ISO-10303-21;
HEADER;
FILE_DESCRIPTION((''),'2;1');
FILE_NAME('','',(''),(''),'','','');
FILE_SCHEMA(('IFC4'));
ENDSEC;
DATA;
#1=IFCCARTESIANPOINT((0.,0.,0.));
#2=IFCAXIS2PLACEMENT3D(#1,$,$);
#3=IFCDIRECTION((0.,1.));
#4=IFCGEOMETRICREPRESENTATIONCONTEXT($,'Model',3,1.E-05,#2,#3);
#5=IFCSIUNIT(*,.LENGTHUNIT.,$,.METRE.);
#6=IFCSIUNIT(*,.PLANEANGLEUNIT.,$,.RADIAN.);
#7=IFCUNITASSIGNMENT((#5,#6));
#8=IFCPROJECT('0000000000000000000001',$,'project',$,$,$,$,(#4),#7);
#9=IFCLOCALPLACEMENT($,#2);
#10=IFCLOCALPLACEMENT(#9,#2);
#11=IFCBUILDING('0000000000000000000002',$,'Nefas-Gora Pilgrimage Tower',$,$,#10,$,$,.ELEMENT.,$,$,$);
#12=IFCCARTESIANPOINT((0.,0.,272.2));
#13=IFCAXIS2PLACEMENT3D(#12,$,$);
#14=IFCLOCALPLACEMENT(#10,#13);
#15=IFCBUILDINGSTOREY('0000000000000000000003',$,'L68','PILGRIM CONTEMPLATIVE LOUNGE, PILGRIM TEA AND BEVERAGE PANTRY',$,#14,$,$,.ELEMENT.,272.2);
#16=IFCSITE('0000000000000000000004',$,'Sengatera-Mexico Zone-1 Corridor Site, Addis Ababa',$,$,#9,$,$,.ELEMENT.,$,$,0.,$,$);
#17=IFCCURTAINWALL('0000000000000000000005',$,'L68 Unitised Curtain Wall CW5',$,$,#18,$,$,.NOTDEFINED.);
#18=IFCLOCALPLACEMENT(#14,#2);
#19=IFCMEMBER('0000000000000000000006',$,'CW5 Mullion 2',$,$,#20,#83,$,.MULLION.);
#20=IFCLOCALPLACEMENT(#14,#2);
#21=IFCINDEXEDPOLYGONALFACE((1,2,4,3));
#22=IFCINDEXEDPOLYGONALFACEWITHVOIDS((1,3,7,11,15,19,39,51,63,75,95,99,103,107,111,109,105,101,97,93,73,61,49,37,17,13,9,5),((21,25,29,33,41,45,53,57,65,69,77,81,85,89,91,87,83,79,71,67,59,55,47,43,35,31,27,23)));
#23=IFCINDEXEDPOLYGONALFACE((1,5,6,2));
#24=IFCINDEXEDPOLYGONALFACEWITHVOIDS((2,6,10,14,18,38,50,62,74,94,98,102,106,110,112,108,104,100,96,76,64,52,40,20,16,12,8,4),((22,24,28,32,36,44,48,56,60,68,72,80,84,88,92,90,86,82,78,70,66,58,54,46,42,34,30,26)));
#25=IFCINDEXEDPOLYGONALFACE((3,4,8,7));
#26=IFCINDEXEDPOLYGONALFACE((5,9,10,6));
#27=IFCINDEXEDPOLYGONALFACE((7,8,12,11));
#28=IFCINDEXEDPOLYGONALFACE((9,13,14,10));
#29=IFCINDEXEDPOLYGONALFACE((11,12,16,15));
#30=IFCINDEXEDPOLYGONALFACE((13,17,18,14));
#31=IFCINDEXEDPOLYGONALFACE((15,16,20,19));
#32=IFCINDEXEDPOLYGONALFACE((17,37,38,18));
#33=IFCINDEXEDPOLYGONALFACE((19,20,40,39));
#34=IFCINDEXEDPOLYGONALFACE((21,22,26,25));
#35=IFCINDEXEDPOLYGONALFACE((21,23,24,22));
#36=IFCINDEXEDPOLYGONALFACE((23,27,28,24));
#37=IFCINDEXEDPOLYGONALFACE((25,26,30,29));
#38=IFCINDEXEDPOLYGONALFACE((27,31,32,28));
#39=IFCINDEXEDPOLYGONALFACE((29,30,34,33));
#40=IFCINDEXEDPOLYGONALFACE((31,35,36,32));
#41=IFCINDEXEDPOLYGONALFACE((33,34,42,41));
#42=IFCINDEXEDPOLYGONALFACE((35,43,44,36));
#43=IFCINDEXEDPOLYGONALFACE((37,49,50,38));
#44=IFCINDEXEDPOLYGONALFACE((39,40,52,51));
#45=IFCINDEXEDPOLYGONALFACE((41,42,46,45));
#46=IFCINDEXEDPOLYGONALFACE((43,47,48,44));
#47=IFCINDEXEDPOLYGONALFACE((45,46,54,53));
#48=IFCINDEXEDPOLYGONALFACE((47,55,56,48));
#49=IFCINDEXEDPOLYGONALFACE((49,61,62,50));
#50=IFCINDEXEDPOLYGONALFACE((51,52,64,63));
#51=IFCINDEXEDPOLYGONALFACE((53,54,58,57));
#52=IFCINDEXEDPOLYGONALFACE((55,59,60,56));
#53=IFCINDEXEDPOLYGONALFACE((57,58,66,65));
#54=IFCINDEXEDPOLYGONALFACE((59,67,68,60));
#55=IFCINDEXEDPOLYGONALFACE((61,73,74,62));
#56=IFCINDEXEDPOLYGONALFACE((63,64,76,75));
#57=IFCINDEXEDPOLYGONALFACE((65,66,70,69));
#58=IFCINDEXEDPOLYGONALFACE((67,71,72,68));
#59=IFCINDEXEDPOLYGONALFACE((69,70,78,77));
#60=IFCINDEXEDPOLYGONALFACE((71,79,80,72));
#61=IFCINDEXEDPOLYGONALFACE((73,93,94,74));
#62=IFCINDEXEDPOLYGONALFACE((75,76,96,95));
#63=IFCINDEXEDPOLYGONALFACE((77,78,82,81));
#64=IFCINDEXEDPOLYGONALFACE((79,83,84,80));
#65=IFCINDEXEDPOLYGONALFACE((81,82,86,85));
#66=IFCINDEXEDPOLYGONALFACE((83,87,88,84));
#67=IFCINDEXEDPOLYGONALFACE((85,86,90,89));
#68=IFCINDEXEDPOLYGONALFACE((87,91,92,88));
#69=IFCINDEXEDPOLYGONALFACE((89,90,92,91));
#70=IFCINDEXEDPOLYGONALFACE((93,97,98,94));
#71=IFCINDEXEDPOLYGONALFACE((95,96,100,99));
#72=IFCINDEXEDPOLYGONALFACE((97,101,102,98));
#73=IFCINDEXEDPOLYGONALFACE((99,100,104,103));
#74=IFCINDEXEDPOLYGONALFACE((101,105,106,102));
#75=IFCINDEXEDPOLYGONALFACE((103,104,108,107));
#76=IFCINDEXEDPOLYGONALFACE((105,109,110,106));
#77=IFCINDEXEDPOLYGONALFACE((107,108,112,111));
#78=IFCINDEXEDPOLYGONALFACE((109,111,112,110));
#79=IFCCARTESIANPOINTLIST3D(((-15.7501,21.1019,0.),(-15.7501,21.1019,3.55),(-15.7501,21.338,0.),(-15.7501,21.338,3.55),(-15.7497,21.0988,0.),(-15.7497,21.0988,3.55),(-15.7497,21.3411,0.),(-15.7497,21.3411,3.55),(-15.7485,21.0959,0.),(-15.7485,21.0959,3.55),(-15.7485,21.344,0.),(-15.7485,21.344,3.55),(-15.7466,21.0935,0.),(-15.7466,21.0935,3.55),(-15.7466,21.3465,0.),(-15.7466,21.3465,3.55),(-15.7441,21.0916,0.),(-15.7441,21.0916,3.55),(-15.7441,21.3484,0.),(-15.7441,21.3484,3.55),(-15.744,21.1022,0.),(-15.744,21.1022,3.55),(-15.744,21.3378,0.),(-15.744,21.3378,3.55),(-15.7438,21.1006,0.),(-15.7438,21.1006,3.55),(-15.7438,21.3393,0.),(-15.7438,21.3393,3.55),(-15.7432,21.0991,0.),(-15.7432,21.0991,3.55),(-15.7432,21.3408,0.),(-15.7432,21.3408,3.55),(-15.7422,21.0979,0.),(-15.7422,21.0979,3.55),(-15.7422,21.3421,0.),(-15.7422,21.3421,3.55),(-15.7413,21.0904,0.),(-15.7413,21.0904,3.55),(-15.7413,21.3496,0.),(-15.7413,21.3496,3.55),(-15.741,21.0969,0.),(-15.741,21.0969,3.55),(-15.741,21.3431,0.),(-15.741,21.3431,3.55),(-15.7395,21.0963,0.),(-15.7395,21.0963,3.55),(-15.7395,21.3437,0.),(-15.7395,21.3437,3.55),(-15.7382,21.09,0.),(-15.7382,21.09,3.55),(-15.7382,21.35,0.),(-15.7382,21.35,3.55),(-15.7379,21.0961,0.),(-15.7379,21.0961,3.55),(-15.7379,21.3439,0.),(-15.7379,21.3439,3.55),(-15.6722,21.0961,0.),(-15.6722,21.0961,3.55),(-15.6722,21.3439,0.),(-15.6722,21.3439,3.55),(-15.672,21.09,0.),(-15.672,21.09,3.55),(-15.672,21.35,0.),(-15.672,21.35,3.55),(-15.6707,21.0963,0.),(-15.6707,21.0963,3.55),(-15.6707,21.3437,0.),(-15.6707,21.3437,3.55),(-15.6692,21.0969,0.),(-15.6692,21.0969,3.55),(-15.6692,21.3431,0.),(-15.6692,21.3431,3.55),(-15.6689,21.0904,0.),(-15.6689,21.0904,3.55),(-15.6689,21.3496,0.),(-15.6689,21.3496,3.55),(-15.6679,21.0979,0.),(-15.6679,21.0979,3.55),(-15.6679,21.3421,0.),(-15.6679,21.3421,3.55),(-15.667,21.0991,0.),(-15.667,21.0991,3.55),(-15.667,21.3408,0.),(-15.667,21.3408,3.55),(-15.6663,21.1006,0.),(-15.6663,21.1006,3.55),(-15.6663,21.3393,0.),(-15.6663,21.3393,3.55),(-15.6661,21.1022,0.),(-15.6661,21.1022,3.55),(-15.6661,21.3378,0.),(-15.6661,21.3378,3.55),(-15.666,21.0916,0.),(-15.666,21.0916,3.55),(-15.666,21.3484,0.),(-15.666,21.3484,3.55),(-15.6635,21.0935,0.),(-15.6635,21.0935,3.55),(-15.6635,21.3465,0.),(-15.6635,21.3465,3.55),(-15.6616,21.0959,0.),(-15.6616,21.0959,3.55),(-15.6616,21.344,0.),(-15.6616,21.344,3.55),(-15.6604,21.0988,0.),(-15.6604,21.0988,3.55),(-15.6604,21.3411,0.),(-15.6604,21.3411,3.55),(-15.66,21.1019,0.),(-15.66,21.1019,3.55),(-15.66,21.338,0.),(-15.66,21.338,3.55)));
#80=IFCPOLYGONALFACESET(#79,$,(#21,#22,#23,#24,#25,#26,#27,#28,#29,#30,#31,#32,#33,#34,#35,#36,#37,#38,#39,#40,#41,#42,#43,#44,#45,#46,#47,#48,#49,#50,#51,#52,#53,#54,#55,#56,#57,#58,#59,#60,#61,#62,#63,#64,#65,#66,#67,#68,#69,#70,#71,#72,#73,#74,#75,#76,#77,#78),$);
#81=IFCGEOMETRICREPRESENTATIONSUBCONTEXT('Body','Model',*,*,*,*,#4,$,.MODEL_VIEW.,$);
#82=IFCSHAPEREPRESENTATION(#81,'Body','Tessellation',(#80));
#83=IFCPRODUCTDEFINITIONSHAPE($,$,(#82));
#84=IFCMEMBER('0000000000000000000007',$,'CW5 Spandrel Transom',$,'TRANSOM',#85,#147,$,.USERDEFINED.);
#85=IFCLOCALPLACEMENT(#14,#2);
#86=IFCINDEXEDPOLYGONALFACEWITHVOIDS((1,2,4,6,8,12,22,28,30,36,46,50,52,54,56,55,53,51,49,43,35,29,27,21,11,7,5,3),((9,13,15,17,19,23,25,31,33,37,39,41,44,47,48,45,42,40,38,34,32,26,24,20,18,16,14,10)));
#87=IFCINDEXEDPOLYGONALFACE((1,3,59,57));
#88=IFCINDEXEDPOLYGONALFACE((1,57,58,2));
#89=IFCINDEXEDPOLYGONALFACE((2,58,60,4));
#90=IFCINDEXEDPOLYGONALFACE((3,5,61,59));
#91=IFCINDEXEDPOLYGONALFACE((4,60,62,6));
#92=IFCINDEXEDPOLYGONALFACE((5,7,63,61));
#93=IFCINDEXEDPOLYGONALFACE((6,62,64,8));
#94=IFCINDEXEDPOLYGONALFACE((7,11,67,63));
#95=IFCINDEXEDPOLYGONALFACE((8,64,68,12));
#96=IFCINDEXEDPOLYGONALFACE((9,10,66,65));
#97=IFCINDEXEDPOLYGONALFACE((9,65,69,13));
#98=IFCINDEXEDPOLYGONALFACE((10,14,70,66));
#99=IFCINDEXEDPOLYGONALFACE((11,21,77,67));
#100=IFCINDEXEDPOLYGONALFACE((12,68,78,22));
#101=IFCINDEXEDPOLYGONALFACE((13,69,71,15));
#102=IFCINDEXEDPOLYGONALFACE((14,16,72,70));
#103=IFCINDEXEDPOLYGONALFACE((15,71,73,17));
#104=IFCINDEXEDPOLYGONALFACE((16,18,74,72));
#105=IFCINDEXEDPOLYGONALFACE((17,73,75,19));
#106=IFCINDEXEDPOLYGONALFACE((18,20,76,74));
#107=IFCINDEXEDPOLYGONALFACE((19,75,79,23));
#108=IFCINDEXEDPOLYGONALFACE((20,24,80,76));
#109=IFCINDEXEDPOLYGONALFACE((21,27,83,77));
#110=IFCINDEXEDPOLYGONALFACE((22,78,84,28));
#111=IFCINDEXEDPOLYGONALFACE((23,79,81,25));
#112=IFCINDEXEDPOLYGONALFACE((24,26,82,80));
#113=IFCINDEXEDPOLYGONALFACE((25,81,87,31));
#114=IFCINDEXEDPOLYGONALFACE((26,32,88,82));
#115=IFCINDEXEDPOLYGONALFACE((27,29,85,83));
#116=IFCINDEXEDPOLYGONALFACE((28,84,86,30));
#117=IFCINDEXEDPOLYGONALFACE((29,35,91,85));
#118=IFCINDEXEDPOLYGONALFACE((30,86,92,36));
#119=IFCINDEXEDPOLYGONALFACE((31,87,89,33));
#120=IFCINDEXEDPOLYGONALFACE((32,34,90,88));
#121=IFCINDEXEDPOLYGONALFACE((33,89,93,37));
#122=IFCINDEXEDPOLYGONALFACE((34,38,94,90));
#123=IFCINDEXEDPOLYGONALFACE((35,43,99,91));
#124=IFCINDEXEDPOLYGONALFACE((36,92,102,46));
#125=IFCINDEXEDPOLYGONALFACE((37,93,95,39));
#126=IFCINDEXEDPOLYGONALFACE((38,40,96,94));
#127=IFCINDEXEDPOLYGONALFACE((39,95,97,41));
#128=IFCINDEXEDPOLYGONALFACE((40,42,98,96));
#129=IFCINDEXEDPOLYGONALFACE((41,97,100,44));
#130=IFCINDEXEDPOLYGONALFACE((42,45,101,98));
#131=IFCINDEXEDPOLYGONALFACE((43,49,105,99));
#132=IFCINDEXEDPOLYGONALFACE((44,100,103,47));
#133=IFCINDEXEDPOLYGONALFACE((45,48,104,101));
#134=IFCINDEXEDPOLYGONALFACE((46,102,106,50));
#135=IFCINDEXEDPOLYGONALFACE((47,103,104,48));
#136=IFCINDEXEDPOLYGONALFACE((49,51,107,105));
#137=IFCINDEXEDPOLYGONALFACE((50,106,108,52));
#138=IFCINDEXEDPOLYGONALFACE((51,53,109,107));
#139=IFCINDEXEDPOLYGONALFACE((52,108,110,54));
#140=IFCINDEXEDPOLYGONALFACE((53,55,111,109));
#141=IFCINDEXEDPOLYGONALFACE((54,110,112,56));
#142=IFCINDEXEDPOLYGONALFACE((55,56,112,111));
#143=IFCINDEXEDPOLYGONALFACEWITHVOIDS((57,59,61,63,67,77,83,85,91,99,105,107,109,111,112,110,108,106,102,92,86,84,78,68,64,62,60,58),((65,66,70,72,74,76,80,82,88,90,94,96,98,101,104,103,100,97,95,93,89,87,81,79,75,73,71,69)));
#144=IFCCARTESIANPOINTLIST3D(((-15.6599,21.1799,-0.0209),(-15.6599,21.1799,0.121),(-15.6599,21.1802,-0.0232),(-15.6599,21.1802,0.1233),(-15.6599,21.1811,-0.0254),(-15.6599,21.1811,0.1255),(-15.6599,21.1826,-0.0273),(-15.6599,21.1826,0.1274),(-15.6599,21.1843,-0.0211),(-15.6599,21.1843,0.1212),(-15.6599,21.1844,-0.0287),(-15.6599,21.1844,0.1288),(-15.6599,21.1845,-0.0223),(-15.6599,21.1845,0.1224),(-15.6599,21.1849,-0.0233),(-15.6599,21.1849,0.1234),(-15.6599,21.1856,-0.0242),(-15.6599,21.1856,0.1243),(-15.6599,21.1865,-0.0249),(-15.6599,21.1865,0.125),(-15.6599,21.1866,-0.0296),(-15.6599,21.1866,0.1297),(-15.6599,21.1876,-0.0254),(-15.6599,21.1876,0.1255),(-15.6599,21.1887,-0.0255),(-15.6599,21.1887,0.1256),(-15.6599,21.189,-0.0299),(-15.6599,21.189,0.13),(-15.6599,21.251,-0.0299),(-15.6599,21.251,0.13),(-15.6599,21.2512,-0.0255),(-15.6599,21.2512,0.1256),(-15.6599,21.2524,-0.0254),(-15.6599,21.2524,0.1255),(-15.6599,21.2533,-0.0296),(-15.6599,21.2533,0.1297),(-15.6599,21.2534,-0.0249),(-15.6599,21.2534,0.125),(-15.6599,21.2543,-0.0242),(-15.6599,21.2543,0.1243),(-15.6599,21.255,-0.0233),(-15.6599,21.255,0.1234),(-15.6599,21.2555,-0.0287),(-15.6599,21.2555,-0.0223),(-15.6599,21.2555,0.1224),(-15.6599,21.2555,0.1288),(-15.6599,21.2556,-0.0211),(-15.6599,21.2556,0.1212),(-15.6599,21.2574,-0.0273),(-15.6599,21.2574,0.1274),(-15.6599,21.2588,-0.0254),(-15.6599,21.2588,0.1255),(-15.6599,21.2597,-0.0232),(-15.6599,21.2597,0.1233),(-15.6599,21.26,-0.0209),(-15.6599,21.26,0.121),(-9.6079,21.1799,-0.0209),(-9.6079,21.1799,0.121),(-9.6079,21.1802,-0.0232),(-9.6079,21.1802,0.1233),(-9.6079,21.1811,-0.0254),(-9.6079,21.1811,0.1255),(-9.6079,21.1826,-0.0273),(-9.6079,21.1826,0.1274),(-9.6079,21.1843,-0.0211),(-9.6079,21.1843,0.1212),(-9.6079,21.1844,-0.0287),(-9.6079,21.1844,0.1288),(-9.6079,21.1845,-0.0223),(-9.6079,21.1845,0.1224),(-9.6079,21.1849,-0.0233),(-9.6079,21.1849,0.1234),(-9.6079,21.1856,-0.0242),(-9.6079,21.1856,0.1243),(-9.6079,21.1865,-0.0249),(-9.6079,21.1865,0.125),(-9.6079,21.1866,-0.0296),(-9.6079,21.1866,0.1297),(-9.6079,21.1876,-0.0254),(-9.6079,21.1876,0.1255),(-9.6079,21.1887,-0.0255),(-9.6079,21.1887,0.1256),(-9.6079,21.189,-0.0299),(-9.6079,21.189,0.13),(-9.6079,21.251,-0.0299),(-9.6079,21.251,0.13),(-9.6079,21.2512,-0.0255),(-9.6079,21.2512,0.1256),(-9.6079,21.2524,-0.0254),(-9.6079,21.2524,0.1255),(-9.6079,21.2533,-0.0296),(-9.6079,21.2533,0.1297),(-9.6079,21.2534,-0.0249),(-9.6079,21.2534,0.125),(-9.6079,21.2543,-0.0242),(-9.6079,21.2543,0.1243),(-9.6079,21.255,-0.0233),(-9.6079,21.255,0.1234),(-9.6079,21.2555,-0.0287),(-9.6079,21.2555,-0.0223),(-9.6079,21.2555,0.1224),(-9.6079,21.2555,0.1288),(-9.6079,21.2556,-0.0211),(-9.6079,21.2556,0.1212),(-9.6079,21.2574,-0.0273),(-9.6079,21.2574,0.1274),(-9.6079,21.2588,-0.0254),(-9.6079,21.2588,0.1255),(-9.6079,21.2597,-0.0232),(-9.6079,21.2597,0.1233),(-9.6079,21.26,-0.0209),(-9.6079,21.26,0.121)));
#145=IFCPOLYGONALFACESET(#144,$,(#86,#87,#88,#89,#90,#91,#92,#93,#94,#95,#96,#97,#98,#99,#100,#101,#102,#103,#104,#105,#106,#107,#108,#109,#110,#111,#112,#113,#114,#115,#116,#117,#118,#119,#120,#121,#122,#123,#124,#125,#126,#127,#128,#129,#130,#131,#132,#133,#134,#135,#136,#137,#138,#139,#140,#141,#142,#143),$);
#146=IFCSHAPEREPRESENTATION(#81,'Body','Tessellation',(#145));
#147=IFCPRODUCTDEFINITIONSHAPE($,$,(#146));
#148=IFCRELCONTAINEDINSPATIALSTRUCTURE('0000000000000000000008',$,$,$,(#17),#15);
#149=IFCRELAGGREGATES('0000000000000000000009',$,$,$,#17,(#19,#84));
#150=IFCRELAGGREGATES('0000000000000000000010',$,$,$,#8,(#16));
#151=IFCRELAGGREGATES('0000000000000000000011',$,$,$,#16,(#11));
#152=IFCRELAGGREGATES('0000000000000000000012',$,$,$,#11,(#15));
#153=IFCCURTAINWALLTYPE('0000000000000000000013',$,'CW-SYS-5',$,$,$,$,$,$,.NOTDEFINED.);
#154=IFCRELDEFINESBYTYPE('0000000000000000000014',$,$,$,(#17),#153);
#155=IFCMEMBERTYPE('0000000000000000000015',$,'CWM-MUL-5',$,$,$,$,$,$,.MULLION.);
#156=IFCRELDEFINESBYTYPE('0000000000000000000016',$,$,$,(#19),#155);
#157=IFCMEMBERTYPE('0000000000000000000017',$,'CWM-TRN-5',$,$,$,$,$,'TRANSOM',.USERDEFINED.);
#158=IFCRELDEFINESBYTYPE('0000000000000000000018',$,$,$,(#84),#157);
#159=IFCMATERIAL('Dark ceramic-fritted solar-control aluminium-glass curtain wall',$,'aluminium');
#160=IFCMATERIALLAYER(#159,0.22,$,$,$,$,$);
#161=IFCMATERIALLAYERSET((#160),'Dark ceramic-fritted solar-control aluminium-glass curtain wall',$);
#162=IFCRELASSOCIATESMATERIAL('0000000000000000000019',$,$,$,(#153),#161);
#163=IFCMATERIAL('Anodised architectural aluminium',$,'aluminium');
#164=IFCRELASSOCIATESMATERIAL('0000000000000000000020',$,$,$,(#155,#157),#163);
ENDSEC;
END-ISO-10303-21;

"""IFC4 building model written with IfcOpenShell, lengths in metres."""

from ifc_helpers import new_model, si_unit, direction, frame, origin, origin_2d, place, context, subcontext, project, spatial, hollow_rectangle, extrude, source, transform, mapped, material, layer, layer_set, material_profile, profile_set, type_object, element, aggregate, save


model = new_model("IFC4")

# Units and contexts
model_context = context("Model", 3, precision=1e-05, world=origin(), true_north=direction((0.0, 1.0)))
body_context = subcontext(model_context, "Body", "Model", "MODEL_VIEW")
ifc_project = project(units=[si_unit("LENGTHUNIT", "METRE"), si_unit("PLANEANGLEUNIT", "RADIAN")], contexts=[model_context])

# Site, building, storey
site_placement = place(None, origin())
site = spatial("IfcSite", under=ifc_project, at=site_placement, Name="Sengatera-Mexico Zone-1 Corridor Site, Addis Ababa", CompositionType="ELEMENT", RefElevation=0.0)
building_placement = place(site_placement, origin())
building = spatial("IfcBuilding", under=site, at=building_placement, Name="Nefas-Gora Pilgrimage Tower", CompositionType="ELEMENT")
storey_placement = place(building_placement, frame((0.0, 0.0, 272.2)))
storey = spatial("IfcBuildingStorey", under=building, at=storey_placement, Name="L68", Description="PILGRIM CONTEMPLATIVE LOUNGE, PILGRIM TEA AND BEVERAGE PANTRY", CompositionType="ELEMENT", Elevation=272.2)

# Curtain wall, members
ifc_material_1 = material(Name="Dark ceramic-fritted solar-control aluminium-glass curtain wall", Category="aluminium")
ifc_layer_1 = layer(ifc_material_1, 0.22)
ifc_layer_set_1 = layer_set([ifc_layer_1], Name="Dark ceramic-fritted solar-control aluminium-glass curtain wall")
curtain_wall_type_1 = type_object("IfcCurtainWallType", Name="CW-SYS-5", PredefinedType="NOTDEFINED", material=ifc_layer_set_1)
curtain_wall_1_placement = place(storey_placement, origin())
curtain_wall_1 = element("IfcCurtainWall", 1, at=curtain_wall_1_placement, inside=storey, type_object=curtain_wall_type_1, Name="L68 Unitised Curtain Wall CW5", PredefinedType="NOTDEFINED")
ifc_material_2 = material(Name="Anodised architectural aluminium", Category="aluminium")
ifc_material_profile_1 = material_profile(ifc_material_2, hollow_rectangle(XDim=0.0901, YDim=0.26, WallThickness=0.0061, InnerFilletRadius=0.0061, OuterFilletRadius=0.012, at=origin_2d()), Name="ALU MULLION 90x260")
ifc_profile_set_1 = profile_set([ifc_material_profile_1], Name="Anodised architectural aluminium")
member_type_1 = type_object("IfcMemberType", Name="CWM-MUL-5", PredefinedType="MULLION", material=ifc_profile_set_1)
shared_shape_1 = source(origin(), body_context, "Body", "SweptSolid", [
    extrude(hollow_rectangle(XDim=0.0901, YDim=0.26, WallThickness=0.0061, InnerFilletRadius=0.0061, OuterFilletRadius=0.012, at=origin_2d()), origin(), (0.0, 0.0, 1.0), 3.55),
])
member_1_placement = place(storey_placement, frame((-15.7051, 21.22, 0.0), z_axis=(0.0, 0.0, 1.0), x_axis=(-1.0, 0.0, 0.0)))
member_1 = element("IfcMember", 2, at=member_1_placement, type_object=member_type_1, Name="CW5 Mullion 2", PredefinedType="MULLION", context=body_context, shape_type="MappedRepresentation", body=[
    mapped(shared_shape_1, transform((0.0, 0.0, 0.0), x_axis=(1.0, 0.0, 0.0), y_axis=(0.0, 1.0, 0.0), z_axis=(0.0, 0.0, 1.0), scale=1.0)),
])
ifc_material_profile_2 = material_profile(ifc_material_2, hollow_rectangle(XDim=0.0801, YDim=0.1599, WallThickness=0.0044, InnerFilletRadius=0.0044, OuterFilletRadius=0.009, at=origin_2d()), Name="ALU TRANSOM 80x160")
ifc_profile_set_2 = profile_set([ifc_material_profile_2], Name="Anodised architectural aluminium")
member_type_2 = type_object("IfcMemberType", Name="CWM-TRN-5", ElementType="TRANSOM", PredefinedType="USERDEFINED", material=ifc_profile_set_2)
shared_shape_2 = source(origin(), body_context, "Body", "SweptSolid", [
    extrude(hollow_rectangle(XDim=0.0801, YDim=0.1599, WallThickness=0.0044, InnerFilletRadius=0.0044, OuterFilletRadius=0.009, at=origin_2d()), origin(), (0.0, 0.0, 1.0), 6.052),
])
member_2_placement = place(storey_placement, frame((-9.6079, 21.22, 0.05), z_axis=(-1.0, 0.0, 0.0), x_axis=(0.0, -1.0, 0.0)))
member_2 = element("IfcMember", 3, at=member_2_placement, type_object=member_type_2, Name="CW5 Spandrel Transom", ObjectType="TRANSOM", PredefinedType="USERDEFINED", context=body_context, shape_type="MappedRepresentation", body=[
    mapped(shared_shape_2, transform((0.0, 0.0, 0.0), x_axis=(1.0, 0.0, 0.0), y_axis=(0.0, 1.0, 0.0), z_axis=(0.0, 0.0, 1.0), scale=1.0)),
])

aggregate(curtain_wall_1, [member_1, member_2])

save(model, "model.ifc")
